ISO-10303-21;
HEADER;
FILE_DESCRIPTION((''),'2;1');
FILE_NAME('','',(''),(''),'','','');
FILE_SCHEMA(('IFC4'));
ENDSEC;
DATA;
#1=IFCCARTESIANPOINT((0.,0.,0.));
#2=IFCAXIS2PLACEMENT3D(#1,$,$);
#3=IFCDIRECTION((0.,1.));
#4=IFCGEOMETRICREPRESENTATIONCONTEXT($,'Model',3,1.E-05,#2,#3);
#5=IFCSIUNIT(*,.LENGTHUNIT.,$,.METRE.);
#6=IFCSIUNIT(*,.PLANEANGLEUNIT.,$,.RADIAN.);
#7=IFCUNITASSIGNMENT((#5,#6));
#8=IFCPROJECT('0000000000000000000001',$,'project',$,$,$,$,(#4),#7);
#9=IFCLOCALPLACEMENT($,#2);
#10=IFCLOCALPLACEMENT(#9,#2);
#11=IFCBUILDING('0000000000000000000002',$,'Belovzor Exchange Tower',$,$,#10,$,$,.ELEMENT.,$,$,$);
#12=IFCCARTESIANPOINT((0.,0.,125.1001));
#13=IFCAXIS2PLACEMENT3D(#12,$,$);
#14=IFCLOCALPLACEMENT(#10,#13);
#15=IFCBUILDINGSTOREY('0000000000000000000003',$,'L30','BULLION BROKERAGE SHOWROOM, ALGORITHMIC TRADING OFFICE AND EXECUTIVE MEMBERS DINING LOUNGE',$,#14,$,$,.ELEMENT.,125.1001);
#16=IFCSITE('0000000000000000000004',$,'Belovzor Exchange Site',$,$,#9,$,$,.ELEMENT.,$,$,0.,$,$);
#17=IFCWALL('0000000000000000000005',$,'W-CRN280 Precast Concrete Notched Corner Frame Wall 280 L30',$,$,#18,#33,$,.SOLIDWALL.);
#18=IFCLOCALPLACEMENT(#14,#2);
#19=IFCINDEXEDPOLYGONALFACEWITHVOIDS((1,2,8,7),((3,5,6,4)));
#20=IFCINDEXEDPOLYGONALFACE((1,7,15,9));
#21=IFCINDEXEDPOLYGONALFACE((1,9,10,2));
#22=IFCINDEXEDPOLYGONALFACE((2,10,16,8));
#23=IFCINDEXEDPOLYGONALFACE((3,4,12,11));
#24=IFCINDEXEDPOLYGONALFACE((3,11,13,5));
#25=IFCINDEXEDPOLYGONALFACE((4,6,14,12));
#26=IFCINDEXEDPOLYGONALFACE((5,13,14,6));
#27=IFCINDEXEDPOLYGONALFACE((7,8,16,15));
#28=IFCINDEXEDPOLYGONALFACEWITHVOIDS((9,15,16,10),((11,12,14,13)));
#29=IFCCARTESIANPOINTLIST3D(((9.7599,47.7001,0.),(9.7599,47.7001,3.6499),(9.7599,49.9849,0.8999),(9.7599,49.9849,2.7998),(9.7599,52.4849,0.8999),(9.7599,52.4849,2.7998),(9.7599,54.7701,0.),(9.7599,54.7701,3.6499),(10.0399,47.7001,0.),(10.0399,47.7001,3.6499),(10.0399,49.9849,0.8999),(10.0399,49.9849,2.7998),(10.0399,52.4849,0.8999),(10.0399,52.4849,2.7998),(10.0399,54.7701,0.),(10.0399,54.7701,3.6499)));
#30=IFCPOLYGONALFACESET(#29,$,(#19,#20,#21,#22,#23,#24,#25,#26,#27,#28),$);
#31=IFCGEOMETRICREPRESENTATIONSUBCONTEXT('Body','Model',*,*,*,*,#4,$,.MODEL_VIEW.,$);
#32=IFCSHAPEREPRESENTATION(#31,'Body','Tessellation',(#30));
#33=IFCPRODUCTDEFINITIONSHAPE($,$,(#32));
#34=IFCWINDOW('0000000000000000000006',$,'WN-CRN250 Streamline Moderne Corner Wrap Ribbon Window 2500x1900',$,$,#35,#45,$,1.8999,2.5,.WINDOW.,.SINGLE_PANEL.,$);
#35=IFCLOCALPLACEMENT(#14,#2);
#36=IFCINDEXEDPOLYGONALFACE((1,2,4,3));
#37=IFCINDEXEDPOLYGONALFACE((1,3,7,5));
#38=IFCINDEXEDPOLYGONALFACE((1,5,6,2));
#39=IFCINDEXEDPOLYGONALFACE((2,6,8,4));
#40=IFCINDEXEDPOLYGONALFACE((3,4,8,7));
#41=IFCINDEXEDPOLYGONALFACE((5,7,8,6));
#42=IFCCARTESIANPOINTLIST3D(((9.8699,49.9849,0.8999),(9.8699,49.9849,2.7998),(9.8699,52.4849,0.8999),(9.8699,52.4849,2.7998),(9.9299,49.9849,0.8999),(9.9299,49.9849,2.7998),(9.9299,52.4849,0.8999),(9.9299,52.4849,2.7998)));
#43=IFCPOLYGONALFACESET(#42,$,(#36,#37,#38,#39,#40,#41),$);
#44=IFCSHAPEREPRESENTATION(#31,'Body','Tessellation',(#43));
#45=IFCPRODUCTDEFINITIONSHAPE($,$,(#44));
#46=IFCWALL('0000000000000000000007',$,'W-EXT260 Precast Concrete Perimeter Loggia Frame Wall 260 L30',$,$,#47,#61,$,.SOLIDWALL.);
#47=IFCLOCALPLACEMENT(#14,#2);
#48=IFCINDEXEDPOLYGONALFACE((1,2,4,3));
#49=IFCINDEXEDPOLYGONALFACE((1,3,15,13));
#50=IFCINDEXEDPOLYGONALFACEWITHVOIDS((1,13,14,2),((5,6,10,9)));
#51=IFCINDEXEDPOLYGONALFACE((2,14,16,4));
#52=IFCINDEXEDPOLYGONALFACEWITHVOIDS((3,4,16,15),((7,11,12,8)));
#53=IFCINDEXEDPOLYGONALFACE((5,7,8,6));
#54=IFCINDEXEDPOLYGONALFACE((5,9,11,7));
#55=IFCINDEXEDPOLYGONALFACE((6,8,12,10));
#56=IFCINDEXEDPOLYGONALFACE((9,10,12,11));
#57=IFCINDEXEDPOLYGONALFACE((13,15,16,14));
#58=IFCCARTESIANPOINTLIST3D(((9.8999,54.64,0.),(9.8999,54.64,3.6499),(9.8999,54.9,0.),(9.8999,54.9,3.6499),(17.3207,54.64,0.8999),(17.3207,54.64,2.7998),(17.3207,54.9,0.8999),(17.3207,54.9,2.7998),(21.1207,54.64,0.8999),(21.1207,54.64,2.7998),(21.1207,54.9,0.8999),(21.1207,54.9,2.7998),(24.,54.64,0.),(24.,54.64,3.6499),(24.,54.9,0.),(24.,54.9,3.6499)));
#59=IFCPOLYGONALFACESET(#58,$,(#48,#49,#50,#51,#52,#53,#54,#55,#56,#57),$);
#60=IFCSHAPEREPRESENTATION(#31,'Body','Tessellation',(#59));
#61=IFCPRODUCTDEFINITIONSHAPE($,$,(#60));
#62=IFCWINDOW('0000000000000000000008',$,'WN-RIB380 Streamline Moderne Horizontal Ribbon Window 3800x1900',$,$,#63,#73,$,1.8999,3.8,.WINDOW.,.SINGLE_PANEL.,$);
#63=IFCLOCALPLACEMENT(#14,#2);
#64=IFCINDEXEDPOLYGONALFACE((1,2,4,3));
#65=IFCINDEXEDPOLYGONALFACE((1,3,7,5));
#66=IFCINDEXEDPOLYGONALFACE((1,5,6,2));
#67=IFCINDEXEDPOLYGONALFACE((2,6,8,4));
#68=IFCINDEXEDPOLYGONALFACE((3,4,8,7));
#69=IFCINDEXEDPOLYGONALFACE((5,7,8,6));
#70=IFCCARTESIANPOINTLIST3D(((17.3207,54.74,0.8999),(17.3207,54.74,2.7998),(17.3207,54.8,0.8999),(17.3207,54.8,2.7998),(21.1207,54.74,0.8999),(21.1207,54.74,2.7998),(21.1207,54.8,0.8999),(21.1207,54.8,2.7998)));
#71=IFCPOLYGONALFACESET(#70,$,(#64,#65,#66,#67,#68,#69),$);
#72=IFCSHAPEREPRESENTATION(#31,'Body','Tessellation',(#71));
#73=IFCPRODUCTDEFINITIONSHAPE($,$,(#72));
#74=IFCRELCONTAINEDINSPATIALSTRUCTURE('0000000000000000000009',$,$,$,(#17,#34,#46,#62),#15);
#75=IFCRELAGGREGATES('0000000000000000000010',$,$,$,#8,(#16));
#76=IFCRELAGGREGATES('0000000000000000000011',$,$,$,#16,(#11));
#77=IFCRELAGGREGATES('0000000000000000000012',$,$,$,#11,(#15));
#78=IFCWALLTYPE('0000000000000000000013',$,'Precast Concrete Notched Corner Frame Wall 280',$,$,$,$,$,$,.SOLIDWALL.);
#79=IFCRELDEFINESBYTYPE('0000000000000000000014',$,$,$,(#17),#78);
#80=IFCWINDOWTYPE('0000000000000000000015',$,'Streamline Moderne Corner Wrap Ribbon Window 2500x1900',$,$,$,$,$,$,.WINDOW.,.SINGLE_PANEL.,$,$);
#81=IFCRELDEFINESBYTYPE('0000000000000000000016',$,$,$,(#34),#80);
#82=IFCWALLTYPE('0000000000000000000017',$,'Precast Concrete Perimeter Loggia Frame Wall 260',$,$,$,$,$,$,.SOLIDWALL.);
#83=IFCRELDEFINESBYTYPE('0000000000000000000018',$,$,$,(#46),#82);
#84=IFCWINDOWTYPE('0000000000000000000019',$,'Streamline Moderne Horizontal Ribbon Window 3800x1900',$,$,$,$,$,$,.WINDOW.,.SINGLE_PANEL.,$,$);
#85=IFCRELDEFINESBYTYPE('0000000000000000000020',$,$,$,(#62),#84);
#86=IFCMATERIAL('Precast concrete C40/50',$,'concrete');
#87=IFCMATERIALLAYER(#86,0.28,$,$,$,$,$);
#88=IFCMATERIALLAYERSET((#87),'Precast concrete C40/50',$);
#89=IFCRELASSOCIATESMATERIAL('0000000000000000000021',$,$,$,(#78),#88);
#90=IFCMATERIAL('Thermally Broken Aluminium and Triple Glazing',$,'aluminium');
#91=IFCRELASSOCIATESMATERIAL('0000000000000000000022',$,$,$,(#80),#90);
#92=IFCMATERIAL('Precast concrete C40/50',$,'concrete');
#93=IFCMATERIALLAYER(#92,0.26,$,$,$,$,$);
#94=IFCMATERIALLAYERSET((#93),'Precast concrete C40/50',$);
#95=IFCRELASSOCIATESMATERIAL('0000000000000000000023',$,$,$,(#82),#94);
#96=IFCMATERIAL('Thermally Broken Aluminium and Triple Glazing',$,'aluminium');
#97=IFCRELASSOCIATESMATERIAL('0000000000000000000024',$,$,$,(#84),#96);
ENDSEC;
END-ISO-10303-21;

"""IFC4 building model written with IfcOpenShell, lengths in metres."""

from ifc_helpers import new_model, si_unit, direction, frame, frame_2d, origin, place, context, subcontext, project, spatial, rectangle, extrude, material, layer, layer_set, type_object, element, fill, save


model = new_model("IFC4")

# Units and contexts
model_context = context("Model", 3, precision=1e-05, world=origin(), true_north=direction((0.0, 1.0)))
body_context = subcontext(model_context, "Body", "Model", "MODEL_VIEW")
ifc_project = project(units=[si_unit("LENGTHUNIT", "METRE"), si_unit("PLANEANGLEUNIT", "RADIAN")], contexts=[model_context])

# Site, building, storey
site_placement = place(None, origin())
site = spatial("IfcSite", under=ifc_project, at=site_placement, Name="Belovzor Exchange Site", CompositionType="ELEMENT", RefElevation=0.0)
building_placement = place(site_placement, origin())
building = spatial("IfcBuilding", under=site, at=building_placement, Name="Belovzor Exchange Tower", CompositionType="ELEMENT")
storey_placement = place(building_placement, frame((0.0, 0.0, 125.1001)))
storey = spatial("IfcBuildingStorey", under=building, at=storey_placement, Name="L30", Description="BULLION BROKERAGE SHOWROOM, ALGORITHMIC TRADING OFFICE AND EXECUTIVE MEMBERS DINING LOUNGE", CompositionType="ELEMENT", Elevation=125.1001)

# Walls, openings, windows
ifc_material_1 = material(Name="Precast concrete C40/50", Category="concrete")
ifc_layer_1 = layer(ifc_material_1, 0.28)
ifc_layer_set_1 = layer_set([ifc_layer_1], Name="Precast concrete C40/50")
wall_type_1 = type_object("IfcWallType", Name="Precast Concrete Notched Corner Frame Wall 280", PredefinedType="SOLIDWALL", material=ifc_layer_set_1)
ifc_material_2 = material(Name="Thermally Broken Aluminium and Triple Glazing", Category="aluminium")
window_type_1 = type_object("IfcWindowType", Name="Streamline Moderne Corner Wrap Ribbon Window 2500x1900", PartitioningType="SINGLE_PANEL", PredefinedType="WINDOW", material=ifc_material_2)
wall_1_placement = place(storey_placement, frame((9.8999, 47.7, 0.0), z_axis=(0.0, 0.0, 1.0), x_axis=(0.0, 1.0, 0.0)))
wall_1 = element("IfcWall", 1, at=wall_1_placement, inside=storey, type_object=wall_type_1, Name="W-CRN280 Precast Concrete Notched Corner Frame Wall 280 L30", PredefinedType="SOLIDWALL", context=body_context, shape_type="SweptSolid", body=[
    extrude(rectangle(XDim=7.0701, YDim=0.28, at=frame_2d((3.5352, 0.0))), origin(), (0.0, 0.0, 1.0), 3.6499),
])
opening_1_placement = place(wall_1_placement, frame((2.2849, 0.0, 0.8999)))
opening_1 = element("IfcOpeningElement", 2, at=opening_1_placement, cuts=wall_1, PredefinedType="OPENING", context=body_context, shape_type="SweptSolid", body=[
    extrude(rectangle(XDim=2.5, YDim=1.8999, at=frame_2d((1.25, 0.95))), frame((0.0, 0.1499, 0.0), z_axis=(0.0, -1.0, 0.0), x_axis=(1.0, 0.0, 0.0)), (0.0, 0.0, 1.0), 0.3),
])
window_1_placement = place(opening_1_placement, origin())
window_1 = element("IfcWindow", 3, at=window_1_placement, inside=storey, type_object=window_type_1, Name="WN-CRN250 Streamline Moderne Corner Wrap Ribbon Window 2500x1900", OverallHeight=1.8999, OverallWidth=2.5, PartitioningType="SINGLE_PANEL", PredefinedType="WINDOW", context=body_context, shape_type="SweptSolid", body=[
    extrude(rectangle(XDim=2.5, YDim=1.8999, at=frame_2d((1.25, 0.95))), frame((0.0, 0.03, 0.0), z_axis=(0.0, -1.0, 0.0), x_axis=(1.0, 0.0, 0.0)), (0.0, 0.0, 1.0), 0.0601),
])
fill(opening_1, window_1)
ifc_material_3 = material(Name="Precast concrete C40/50", Category="concrete")
ifc_layer_2 = layer(ifc_material_3, 0.26)
ifc_layer_set_2 = layer_set([ifc_layer_2], Name="Precast concrete C40/50")
wall_type_2 = type_object("IfcWallType", Name="Precast Concrete Perimeter Loggia Frame Wall 260", PredefinedType="SOLIDWALL", material=ifc_layer_set_2)
wall_2_placement = place(storey_placement, frame((9.8999, 54.77, 0.0), z_axis=(0.0, 0.0, 1.0), x_axis=(1.0, 0.0, 0.0)))
wall_2 = element("IfcWall", 4, at=wall_2_placement, inside=storey, type_object=wall_type_2, Name="W-EXT260 Precast Concrete Perimeter Loggia Frame Wall 260 L30", PredefinedType="SOLIDWALL", context=body_context, shape_type="SweptSolid", body=[
    extrude(rectangle(XDim=14.1001, YDim=0.26, at=frame_2d((7.05, 0.0))), origin(), (0.0, 0.0, 1.0), 3.6499),
])
opening_2_placement = place(wall_2_placement, frame((7.4209, 0.0, 0.8999)))
opening_2 = element("IfcOpeningElement", 5, at=opening_2_placement, cuts=wall_2, PredefinedType="OPENING", context=body_context, shape_type="SweptSolid", body=[
    extrude(rectangle(XDim=3.8, YDim=1.8999, at=frame_2d((1.8999, 0.95))), frame((0.0, 0.1399, 0.0), z_axis=(0.0, -1.0, 0.0), x_axis=(1.0, 0.0, 0.0)), (0.0, 0.0, 1.0), 0.28),
])
ifc_material_4 = material(Name="Thermally Broken Aluminium and Triple Glazing", Category="aluminium")
window_type_2 = type_object("IfcWindowType", Name="Streamline Moderne Horizontal Ribbon Window 3800x1900", PartitioningType="SINGLE_PANEL", PredefinedType="WINDOW", material=ifc_material_4)
window_2_placement = place(opening_2_placement, origin())
window_2 = element("IfcWindow", 6, at=window_2_placement, inside=storey, type_object=window_type_2, Name="WN-RIB380 Streamline Moderne Horizontal Ribbon Window 3800x1900", OverallHeight=1.8999, OverallWidth=3.8, PartitioningType="SINGLE_PANEL", PredefinedType="WINDOW", context=body_context, shape_type="SweptSolid", body=[
    extrude(rectangle(XDim=3.8, YDim=1.8999, at=frame_2d((1.8999, 0.95))), frame((0.0, 0.03, 0.0), z_axis=(0.0, -1.0, 0.0), x_axis=(1.0, 0.0, 0.0)), (0.0, 0.0, 1.0), 0.0601),
])
fill(opening_2, window_2)

save(model, "model.ifc")
